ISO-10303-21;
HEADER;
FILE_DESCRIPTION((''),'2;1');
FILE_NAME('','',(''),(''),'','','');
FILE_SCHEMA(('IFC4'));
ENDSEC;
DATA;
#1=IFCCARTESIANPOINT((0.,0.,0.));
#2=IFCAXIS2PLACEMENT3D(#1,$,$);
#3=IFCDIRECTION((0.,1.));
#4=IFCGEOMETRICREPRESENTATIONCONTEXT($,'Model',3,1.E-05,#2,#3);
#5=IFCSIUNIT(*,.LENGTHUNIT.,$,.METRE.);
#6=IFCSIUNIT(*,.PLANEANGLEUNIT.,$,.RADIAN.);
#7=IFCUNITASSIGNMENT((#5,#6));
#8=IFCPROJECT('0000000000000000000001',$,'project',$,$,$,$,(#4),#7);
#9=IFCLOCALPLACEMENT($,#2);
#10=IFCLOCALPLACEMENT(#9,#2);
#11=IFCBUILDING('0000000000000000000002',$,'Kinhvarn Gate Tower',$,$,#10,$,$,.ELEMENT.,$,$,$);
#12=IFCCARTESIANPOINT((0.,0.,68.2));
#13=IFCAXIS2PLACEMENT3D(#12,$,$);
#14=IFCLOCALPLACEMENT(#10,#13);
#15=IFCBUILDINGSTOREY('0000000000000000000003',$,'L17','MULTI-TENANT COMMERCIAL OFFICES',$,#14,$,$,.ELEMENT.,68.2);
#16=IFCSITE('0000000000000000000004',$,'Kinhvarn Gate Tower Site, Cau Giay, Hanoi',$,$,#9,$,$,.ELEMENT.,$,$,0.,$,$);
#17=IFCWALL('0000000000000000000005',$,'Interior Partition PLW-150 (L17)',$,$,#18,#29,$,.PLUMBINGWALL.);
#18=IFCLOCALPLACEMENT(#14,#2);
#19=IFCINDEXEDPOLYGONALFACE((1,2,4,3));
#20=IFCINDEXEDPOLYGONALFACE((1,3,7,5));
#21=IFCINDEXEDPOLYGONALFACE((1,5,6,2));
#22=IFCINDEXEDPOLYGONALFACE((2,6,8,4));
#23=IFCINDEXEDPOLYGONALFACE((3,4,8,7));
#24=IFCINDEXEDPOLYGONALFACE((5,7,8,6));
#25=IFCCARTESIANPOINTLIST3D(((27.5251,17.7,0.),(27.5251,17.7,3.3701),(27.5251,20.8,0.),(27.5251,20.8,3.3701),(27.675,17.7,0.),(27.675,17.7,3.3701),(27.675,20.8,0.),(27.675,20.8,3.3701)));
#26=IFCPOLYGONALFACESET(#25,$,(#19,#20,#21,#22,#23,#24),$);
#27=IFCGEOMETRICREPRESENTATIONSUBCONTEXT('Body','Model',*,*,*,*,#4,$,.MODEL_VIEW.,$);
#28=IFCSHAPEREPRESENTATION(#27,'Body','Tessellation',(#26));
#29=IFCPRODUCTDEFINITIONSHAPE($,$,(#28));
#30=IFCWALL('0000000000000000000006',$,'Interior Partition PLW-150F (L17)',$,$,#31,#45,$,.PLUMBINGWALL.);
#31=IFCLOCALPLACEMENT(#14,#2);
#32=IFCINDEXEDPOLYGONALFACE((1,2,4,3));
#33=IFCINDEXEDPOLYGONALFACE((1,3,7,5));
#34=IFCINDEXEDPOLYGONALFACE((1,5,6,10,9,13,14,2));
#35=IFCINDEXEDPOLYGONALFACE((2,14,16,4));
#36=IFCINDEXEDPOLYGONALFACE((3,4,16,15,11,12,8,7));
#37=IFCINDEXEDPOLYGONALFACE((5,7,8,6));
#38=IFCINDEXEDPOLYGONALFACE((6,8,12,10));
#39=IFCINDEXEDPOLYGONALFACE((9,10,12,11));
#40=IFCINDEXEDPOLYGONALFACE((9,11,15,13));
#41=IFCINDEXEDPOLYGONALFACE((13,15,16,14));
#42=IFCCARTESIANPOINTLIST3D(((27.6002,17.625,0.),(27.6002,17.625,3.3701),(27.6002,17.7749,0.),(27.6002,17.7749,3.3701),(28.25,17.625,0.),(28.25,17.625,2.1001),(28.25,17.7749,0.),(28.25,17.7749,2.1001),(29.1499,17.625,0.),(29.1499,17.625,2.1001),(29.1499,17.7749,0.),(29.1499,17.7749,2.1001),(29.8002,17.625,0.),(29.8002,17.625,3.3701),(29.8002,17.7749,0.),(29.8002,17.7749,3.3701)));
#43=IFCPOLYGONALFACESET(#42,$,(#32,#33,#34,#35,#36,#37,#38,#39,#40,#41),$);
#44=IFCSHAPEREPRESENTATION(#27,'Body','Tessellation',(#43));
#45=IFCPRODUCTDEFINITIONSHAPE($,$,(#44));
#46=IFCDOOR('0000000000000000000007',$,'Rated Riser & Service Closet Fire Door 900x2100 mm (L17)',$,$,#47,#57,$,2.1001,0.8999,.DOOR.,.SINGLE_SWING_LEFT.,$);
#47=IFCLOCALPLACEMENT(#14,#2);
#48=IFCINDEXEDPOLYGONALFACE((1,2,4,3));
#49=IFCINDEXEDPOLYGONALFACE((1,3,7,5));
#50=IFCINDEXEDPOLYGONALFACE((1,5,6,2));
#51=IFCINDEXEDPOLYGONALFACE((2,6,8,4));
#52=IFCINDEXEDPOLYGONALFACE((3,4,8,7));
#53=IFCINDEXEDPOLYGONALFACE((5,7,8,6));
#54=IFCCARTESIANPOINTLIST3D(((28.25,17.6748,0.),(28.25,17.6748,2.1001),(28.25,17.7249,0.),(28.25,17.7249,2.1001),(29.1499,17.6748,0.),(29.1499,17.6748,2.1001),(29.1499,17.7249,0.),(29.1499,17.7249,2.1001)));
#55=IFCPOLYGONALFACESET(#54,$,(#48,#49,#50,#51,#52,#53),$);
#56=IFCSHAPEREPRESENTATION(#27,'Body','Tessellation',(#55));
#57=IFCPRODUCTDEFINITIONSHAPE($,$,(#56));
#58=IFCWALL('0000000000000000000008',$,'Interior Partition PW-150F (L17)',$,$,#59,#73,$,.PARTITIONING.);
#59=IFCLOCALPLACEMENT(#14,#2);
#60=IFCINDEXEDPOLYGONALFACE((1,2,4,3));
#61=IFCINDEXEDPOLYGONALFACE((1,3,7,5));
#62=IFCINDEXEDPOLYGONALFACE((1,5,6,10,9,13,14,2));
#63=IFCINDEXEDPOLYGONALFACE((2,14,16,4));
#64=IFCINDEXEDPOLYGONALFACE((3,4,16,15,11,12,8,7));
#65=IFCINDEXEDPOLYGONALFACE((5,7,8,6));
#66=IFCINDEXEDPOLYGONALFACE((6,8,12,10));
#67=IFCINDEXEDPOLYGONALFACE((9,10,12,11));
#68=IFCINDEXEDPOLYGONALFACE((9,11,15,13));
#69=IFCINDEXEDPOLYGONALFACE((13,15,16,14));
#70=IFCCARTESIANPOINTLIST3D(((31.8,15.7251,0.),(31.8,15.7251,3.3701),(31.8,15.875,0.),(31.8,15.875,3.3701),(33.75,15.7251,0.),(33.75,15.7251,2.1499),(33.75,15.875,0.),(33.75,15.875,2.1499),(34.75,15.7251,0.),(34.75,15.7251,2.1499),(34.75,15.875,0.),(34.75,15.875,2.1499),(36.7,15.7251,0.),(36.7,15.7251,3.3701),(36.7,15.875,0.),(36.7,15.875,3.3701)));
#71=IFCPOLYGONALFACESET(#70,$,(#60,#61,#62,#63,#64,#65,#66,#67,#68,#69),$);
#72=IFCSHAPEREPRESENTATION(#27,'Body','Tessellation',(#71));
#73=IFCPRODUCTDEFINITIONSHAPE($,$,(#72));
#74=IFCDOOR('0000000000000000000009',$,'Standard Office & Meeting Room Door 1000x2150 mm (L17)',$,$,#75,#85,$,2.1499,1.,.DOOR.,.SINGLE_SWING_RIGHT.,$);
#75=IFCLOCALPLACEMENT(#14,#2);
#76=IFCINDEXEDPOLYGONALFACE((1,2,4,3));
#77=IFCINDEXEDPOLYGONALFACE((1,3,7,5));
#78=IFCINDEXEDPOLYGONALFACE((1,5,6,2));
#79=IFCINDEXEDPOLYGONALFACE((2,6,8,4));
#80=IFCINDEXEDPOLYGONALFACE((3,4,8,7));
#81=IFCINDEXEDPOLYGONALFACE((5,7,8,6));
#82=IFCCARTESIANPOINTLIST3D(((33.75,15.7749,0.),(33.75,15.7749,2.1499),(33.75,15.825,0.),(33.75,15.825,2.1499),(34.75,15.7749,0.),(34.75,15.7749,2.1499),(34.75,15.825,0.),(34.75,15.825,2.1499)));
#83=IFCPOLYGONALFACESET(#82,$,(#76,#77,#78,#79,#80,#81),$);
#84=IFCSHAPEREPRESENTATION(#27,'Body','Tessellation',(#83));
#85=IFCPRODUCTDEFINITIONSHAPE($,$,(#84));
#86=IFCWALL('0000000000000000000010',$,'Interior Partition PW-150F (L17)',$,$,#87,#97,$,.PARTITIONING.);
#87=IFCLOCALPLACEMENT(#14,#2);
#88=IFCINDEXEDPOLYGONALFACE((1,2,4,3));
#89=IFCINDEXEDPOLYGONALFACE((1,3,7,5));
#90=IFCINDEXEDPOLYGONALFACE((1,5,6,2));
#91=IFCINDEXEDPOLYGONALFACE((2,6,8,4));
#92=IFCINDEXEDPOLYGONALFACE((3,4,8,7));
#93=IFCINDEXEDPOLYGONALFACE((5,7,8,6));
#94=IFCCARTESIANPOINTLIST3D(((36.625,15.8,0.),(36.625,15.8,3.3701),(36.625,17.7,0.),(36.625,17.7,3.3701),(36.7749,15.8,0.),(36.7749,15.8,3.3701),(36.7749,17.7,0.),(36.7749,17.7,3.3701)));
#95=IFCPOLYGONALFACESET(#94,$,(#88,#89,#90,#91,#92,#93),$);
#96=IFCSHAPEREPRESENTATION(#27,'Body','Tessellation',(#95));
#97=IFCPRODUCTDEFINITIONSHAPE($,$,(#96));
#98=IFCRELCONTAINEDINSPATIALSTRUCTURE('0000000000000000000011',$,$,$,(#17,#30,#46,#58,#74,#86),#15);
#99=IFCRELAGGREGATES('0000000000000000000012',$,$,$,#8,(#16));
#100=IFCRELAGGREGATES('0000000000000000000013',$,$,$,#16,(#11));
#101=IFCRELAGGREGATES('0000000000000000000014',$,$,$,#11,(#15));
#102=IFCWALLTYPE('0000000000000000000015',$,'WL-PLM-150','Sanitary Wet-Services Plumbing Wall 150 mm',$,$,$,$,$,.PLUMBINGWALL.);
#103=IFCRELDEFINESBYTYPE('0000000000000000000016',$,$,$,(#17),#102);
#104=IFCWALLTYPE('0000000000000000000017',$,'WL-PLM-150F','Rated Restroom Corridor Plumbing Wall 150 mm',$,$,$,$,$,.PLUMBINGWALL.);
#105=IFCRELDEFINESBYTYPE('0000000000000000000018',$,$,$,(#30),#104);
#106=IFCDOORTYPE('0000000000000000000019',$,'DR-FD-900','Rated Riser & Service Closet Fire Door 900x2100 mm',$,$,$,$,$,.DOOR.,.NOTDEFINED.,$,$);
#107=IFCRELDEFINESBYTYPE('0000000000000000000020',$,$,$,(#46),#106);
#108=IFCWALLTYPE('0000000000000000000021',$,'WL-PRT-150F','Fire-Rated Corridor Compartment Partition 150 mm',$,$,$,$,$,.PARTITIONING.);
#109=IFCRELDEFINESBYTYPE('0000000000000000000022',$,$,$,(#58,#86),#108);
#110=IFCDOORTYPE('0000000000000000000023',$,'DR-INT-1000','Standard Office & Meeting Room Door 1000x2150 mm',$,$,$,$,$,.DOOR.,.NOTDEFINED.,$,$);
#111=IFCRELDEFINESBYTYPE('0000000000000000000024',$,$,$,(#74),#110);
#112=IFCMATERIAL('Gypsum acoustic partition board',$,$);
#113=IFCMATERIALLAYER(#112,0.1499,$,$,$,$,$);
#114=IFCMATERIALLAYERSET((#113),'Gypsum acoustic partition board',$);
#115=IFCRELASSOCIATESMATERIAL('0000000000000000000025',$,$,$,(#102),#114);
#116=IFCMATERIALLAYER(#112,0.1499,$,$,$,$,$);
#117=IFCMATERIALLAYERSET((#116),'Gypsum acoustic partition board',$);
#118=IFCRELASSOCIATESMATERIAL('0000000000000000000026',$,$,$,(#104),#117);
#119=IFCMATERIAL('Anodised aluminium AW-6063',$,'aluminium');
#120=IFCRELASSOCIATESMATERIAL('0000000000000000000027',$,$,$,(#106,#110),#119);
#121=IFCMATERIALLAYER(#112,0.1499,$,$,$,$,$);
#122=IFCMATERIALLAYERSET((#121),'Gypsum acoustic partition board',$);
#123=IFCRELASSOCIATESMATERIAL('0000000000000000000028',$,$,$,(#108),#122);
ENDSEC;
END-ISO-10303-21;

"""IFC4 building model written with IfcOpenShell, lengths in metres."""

from ifc_helpers import new_model, si_unit, direction, frame, frame_2d, origin, place, context, subcontext, project, spatial, rectangle, extrude, material, layer, layer_set, type_object, element, fill, save


model = new_model("IFC4")

# Units and contexts
model_context = context("Model", 3, precision=1e-05, world=origin(), true_north=direction((0.0, 1.0)))
body_context = subcontext(model_context, "Body", "Model", "MODEL_VIEW")
ifc_project = project(units=[si_unit("LENGTHUNIT", "METRE"), si_unit("PLANEANGLEUNIT", "RADIAN")], contexts=[model_context])

# Site, building, storey
site_placement = place(None, origin())
site = spatial("IfcSite", under=ifc_project, at=site_placement, Name="Kinhvarn Gate Tower Site, Cau Giay, Hanoi", CompositionType="ELEMENT", RefElevation=0.0)
building_placement = place(site_placement, origin())
building = spatial("IfcBuilding", under=site, at=building_placement, Name="Kinhvarn Gate Tower", CompositionType="ELEMENT")
storey_placement = place(building_placement, frame((0.0, 0.0, 68.2)))
storey = spatial("IfcBuildingStorey", under=building, at=storey_placement, Name="L17", Description="MULTI-TENANT COMMERCIAL OFFICES", CompositionType="ELEMENT", Elevation=68.2)

# Wall
ifc_material_1 = material(Name="Gypsum acoustic partition board")
ifc_layer_1 = layer(ifc_material_1, 0.1499)
ifc_layer_set_1 = layer_set([ifc_layer_1], Name="Gypsum acoustic partition board")
wall_type_1 = type_object("IfcWallType", Name="WL-PLM-150", Description="Sanitary Wet-Services Plumbing Wall 150 mm", PredefinedType="PLUMBINGWALL", material=ifc_layer_set_1)
wall_1_placement = place(storey_placement, frame((27.6001, 17.7, 0.0), z_axis=(0.0, 0.0, 1.0), x_axis=(0.0, 1.0, 0.0)))
element("IfcWall", 1, at=wall_1_placement, inside=storey, type_object=wall_type_1, Name="Interior Partition PLW-150 (L17)", PredefinedType="PLUMBINGWALL", context=body_context, shape_type="SweptSolid", body=[
    extrude(rectangle(XDim=3.1001, YDim=0.1499, at=frame_2d((1.55, 0.0))), origin(), (0.0, 0.0, 1.0), 3.3701),
])

# Walls, openings, doors
ifc_layer_2 = layer(ifc_material_1, 0.1499)
ifc_layer_set_2 = layer_set([ifc_layer_2], Name="Gypsum acoustic partition board")
wall_type_2 = type_object("IfcWallType", Name="WL-PLM-150F", Description="Rated Restroom Corridor Plumbing Wall 150 mm", PredefinedType="PLUMBINGWALL", material=ifc_layer_set_2)
wall_2_placement = place(storey_placement, frame((27.6001, 17.7, 0.0), z_axis=(0.0, 0.0, 1.0), x_axis=(1.0, 0.0, 0.0)))
wall_2 = element("IfcWall", 2, at=wall_2_placement, inside=storey, type_object=wall_type_2, Name="Interior Partition PLW-150F (L17)", PredefinedType="PLUMBINGWALL", context=body_context, shape_type="SweptSolid", body=[
    extrude(rectangle(XDim=2.2, YDim=0.1499, at=frame_2d((1.1001, 0.0))), origin(), (0.0, 0.0, 1.0), 3.3701),
])
opening_1_placement = place(wall_2_placement, frame((0.6499, 0.0, 0.0)))
opening_1 = element("IfcOpeningElement", 3, at=opening_1_placement, cuts=wall_2, PredefinedType="OPENING", context=body_context, shape_type="SweptSolid", body=[
    extrude(rectangle(XDim=0.8999, YDim=2.1001, at=frame_2d((0.45, 1.05))), frame((0.0, 0.085, 0.0), z_axis=(0.0, -1.0, 0.0), x_axis=(1.0, 0.0, 0.0)), (0.0, 0.0, 1.0), 0.1699),
])
ifc_material_2 = material(Name="Anodised aluminium AW-6063", Category="aluminium")
door_type_1 = type_object("IfcDoorType", Name="DR-FD-900", Description="Rated Riser & Service Closet Fire Door 900x2100 mm", OperationType="NOTDEFINED", PredefinedType="DOOR", material=ifc_material_2)
door_1_placement = place(opening_1_placement, origin())
door_1 = element("IfcDoor", 4, at=door_1_placement, inside=storey, type_object=door_type_1, Name="Rated Riser & Service Closet Fire Door 900x2100 mm (L17)", OperationType="SINGLE_SWING_LEFT", OverallHeight=2.1001, OverallWidth=0.8999, PredefinedType="DOOR", context=body_context, shape_type="SweptSolid", body=[
    extrude(rectangle(XDim=0.8999, YDim=2.1001, at=frame_2d((0.45, 1.05))), frame((0.0, 0.0249, 0.0), z_axis=(0.0, -1.0, 0.0), x_axis=(1.0, 0.0, 0.0)), (0.0, 0.0, 1.0), 0.05),
])
fill(opening_1, door_1)
ifc_layer_3 = layer(ifc_material_1, 0.1499)
ifc_layer_set_3 = layer_set([ifc_layer_3], Name="Gypsum acoustic partition board")
wall_type_3 = type_object("IfcWallType", Name="WL-PRT-150F", Description="Fire-Rated Corridor Compartment Partition 150 mm", PredefinedType="PARTITIONING", material=ifc_layer_set_3)
door_type_2 = type_object("IfcDoorType", Name="DR-INT-1000", Description="Standard Office & Meeting Room Door 1000x2150 mm", OperationType="NOTDEFINED", PredefinedType="DOOR", material=ifc_material_2)
wall_3_placement = place(storey_placement, frame((31.8, 15.8, 0.0), z_axis=(0.0, 0.0, 1.0), x_axis=(1.0, 0.0, 0.0)))
wall_3 = element("IfcWall", 5, at=wall_3_placement, inside=storey, type_object=wall_type_3, Name="Interior Partition PW-150F (L17)", PredefinedType="PARTITIONING", context=body_context, shape_type="SweptSolid", body=[
    extrude(rectangle(XDim=4.8999, YDim=0.1499, at=frame_2d((2.45, 0.0))), origin(), (0.0, 0.0, 1.0), 3.3701),
])
opening_2_placement = place(wall_3_placement, frame((1.95, 0.0, 0.0)))
opening_2 = element("IfcOpeningElement", 6, at=opening_2_placement, cuts=wall_3, PredefinedType="OPENING", context=body_context, shape_type="SweptSolid", body=[
    extrude(rectangle(XDim=1.0, YDim=2.1499, at=frame_2d((0.5, 1.075))), frame((0.0, 0.085, 0.0), z_axis=(0.0, -1.0, 0.0), x_axis=(1.0, 0.0, 0.0)), (0.0, 0.0, 1.0), 0.1699),
])
door_2_placement = place(opening_2_placement, origin())
door_2 = element("IfcDoor", 7, at=door_2_placement, inside=storey, type_object=door_type_2, Name="Standard Office & Meeting Room Door 1000x2150 mm (L17)", OperationType="SINGLE_SWING_RIGHT", OverallHeight=2.1499, OverallWidth=1.0, PredefinedType="DOOR", context=body_context, shape_type="SweptSolid", body=[
    extrude(rectangle(XDim=1.0, YDim=2.1499, at=frame_2d((0.5, 1.075))), frame((0.0, 0.0249, 0.0), z_axis=(0.0, -1.0, 0.0), x_axis=(1.0, 0.0, 0.0)), (0.0, 0.0, 1.0), 0.05),
])
fill(opening_2, door_2)

# Wall
wall_4_placement = place(storey_placement, frame((36.7, 15.8, 0.0), z_axis=(0.0, 0.0, 1.0), x_axis=(0.0, 1.0, 0.0)))
element("IfcWall", 8, at=wall_4_placement, inside=storey, type_object=wall_type_3, Name="Interior Partition PW-150F (L17)", PredefinedType="PARTITIONING", context=body_context, shape_type="SweptSolid", body=[
    extrude(rectangle(XDim=1.8999, YDim=0.1499, at=frame_2d((0.95, 0.0))), origin(), (0.0, 0.0, 1.0), 3.3701),
])

save(model, "model.ifc")
